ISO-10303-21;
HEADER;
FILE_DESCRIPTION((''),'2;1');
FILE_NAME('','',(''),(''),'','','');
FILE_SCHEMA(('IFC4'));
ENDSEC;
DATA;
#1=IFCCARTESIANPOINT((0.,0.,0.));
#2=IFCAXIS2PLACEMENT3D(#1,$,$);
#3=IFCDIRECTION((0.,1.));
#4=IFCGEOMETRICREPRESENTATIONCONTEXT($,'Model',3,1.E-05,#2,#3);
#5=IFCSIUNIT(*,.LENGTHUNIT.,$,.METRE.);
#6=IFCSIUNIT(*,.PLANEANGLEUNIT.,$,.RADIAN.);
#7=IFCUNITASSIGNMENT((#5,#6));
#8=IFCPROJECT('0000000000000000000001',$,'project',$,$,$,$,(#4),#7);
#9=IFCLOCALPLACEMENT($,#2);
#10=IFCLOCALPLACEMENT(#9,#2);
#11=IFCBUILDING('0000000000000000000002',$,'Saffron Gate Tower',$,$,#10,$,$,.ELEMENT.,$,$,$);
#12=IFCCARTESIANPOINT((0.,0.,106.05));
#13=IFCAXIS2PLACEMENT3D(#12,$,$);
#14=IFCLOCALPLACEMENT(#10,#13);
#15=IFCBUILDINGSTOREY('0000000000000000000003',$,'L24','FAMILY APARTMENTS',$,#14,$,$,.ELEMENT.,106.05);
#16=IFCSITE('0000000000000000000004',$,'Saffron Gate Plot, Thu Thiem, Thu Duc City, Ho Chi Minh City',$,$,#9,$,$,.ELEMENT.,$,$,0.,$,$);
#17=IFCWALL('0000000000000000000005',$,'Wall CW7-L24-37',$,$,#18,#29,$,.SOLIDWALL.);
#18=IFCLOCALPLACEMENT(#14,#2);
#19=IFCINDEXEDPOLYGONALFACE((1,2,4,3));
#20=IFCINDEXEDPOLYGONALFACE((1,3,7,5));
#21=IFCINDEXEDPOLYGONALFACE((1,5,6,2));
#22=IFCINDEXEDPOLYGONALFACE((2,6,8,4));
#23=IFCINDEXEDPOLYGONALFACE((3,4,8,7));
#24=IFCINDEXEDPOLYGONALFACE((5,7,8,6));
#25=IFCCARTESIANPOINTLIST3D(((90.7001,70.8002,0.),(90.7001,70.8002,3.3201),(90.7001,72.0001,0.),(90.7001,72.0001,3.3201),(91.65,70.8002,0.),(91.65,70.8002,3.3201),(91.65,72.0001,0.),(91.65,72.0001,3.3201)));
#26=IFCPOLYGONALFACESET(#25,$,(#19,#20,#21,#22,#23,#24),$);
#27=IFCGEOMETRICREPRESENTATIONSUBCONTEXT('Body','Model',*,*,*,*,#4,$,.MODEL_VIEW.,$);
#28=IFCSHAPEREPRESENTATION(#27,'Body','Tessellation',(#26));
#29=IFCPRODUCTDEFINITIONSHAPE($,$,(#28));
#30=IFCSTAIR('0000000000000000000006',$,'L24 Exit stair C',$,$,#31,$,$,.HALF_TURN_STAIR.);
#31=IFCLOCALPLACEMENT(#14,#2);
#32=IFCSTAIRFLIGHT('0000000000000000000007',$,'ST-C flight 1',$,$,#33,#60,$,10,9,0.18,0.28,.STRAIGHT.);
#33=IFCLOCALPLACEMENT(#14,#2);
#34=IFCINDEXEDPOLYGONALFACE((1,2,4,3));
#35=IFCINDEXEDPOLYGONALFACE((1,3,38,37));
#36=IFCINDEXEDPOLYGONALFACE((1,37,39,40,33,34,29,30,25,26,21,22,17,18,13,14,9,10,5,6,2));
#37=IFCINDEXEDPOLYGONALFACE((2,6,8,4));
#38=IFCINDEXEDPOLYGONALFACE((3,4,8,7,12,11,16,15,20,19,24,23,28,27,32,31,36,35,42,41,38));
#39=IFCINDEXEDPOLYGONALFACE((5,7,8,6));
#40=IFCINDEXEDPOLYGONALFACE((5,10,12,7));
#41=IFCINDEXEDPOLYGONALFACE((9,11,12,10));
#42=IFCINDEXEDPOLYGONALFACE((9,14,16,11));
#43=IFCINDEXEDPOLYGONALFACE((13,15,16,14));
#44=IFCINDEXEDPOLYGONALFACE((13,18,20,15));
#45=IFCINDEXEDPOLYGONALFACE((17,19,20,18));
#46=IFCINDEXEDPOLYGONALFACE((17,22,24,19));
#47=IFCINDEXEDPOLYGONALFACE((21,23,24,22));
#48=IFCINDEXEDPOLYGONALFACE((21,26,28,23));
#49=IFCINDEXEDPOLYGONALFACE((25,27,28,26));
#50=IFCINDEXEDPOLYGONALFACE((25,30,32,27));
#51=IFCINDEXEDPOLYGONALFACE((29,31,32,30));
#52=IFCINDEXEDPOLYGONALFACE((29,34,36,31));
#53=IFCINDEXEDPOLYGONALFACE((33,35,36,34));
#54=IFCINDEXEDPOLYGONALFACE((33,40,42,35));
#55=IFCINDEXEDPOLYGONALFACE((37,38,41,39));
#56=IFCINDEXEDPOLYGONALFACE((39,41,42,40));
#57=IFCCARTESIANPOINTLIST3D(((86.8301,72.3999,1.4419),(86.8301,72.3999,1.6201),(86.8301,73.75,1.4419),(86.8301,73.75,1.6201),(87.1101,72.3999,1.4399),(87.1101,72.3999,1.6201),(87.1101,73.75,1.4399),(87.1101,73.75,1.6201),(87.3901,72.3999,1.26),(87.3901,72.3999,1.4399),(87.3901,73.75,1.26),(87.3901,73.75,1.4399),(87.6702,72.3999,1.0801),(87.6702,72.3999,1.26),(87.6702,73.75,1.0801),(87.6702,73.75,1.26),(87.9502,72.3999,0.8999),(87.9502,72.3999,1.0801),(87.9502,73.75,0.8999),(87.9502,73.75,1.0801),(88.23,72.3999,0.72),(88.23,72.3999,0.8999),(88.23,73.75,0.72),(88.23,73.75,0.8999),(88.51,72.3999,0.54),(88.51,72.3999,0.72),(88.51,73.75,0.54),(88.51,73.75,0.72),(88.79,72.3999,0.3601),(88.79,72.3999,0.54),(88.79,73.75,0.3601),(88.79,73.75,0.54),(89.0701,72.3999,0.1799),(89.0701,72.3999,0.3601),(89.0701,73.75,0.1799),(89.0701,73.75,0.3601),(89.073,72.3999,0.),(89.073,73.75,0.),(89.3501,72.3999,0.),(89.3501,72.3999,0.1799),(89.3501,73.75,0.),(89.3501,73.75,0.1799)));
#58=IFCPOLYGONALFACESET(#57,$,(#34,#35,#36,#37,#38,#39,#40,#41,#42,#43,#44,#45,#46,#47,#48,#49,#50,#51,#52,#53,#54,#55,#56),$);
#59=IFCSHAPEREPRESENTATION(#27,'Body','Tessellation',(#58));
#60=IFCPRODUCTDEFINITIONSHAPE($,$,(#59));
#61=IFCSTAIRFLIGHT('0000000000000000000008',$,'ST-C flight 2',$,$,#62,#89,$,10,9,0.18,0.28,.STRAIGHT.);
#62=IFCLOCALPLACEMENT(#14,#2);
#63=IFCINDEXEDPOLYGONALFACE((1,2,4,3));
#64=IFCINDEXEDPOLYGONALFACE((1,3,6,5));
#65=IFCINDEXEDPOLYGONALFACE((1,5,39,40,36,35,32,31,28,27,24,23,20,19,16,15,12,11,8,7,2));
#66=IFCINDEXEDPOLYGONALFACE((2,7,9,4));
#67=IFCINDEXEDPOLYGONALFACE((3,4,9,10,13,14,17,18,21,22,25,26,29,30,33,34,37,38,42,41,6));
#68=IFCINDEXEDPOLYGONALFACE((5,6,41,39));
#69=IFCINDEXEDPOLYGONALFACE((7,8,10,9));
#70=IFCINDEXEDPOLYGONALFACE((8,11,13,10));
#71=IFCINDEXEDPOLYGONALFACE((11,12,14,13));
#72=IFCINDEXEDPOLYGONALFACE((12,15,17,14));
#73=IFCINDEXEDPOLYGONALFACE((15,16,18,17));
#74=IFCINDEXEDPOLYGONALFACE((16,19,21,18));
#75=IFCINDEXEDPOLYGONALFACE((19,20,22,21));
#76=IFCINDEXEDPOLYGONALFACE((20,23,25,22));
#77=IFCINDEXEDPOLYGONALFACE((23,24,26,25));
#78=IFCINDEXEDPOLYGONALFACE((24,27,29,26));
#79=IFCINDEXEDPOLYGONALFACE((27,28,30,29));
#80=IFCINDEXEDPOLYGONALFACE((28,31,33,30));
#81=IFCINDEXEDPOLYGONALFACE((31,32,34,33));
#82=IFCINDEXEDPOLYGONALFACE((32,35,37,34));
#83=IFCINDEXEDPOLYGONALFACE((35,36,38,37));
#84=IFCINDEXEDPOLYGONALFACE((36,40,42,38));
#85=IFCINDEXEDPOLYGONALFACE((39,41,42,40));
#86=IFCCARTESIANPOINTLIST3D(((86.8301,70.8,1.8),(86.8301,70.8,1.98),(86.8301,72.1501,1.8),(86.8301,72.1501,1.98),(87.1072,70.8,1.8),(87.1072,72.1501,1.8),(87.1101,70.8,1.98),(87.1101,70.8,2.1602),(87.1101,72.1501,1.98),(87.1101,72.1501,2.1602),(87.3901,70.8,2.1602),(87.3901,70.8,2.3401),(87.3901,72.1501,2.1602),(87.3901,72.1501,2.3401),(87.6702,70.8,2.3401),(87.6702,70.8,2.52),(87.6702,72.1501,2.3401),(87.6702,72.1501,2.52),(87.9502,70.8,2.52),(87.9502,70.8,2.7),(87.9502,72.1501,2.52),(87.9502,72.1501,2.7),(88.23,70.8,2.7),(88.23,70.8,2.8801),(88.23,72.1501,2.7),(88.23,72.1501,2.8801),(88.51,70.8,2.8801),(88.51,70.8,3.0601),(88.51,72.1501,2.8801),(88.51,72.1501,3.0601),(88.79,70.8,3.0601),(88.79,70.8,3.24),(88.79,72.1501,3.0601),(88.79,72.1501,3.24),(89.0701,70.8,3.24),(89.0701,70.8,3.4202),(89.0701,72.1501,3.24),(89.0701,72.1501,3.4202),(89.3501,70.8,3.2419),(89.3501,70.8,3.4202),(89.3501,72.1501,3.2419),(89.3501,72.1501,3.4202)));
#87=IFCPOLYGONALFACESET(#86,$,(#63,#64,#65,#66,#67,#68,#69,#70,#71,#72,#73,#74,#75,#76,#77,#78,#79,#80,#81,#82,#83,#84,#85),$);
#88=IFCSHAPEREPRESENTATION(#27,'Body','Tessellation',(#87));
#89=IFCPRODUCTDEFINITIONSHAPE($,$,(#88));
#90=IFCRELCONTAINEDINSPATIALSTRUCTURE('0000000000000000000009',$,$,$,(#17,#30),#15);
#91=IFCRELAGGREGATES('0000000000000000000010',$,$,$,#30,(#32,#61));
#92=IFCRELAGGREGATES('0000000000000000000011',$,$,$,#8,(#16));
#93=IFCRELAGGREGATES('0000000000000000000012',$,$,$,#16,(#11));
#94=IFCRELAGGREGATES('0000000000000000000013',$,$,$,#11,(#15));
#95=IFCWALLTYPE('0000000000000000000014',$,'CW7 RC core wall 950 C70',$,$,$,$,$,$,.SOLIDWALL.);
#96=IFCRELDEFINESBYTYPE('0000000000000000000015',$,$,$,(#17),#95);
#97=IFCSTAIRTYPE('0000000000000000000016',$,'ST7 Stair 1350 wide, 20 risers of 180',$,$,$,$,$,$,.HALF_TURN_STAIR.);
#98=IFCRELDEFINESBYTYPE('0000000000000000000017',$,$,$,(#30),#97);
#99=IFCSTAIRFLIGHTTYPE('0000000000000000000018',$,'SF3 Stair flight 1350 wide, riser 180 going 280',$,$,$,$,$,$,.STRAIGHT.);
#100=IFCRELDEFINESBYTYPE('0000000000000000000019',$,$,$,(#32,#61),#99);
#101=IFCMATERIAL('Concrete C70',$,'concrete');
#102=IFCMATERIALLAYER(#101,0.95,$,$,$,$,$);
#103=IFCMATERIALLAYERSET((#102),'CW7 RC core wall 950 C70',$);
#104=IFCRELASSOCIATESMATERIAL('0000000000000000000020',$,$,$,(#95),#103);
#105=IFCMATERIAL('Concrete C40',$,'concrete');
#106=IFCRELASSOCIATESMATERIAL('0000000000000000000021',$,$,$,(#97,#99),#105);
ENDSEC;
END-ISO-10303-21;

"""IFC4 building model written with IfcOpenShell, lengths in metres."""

from ifc_helpers import new_model, si_unit, direction, frame, frame_2d, origin, place, context, subcontext, project, spatial, polyline, rectangle, outline, extrude, material, layer, layer_set, type_object, element, aggregate, save


model = new_model("IFC4")

# Units and contexts
model_context = context("Model", 3, precision=1e-05, world=origin(), true_north=direction((0.0, 1.0)))
body_context = subcontext(model_context, "Body", "Model", "MODEL_VIEW")
ifc_project = project(units=[si_unit("LENGTHUNIT", "METRE"), si_unit("PLANEANGLEUNIT", "RADIAN")], contexts=[model_context])

# Site, building, storey
site_placement = place(None, origin())
site = spatial("IfcSite", under=ifc_project, at=site_placement, Name="Saffron Gate Plot, Thu Thiem, Thu Duc City, Ho Chi Minh City", CompositionType="ELEMENT", RefElevation=0.0)
building_placement = place(site_placement, origin())
building = spatial("IfcBuilding", under=site, at=building_placement, Name="Saffron Gate Tower", CompositionType="ELEMENT")
storey_placement = place(building_placement, frame((0.0, 0.0, 106.05)))
storey = spatial("IfcBuildingStorey", under=building, at=storey_placement, Name="L24", Description="FAMILY APARTMENTS", CompositionType="ELEMENT", Elevation=106.05)

# Shared definitions
ifc_material_1 = material(Name="Concrete C70", Category="concrete")

# Wall
ifc_layer_1 = layer(ifc_material_1, 0.95)
ifc_layer_set_1 = layer_set([ifc_layer_1], Name="CW7 RC core wall 950 C70")
wall_type_1 = type_object("IfcWallType", Name="CW7 RC core wall 950 C70", PredefinedType="SOLIDWALL", material=ifc_layer_set_1)
wall_1_placement = place(storey_placement, frame((91.175, 70.8, 0.0), z_axis=(0.0, 0.0, 1.0), x_axis=(0.0, 1.0, 0.0)))
element("IfcWall", 1, at=wall_1_placement, inside=storey, type_object=wall_type_1, Name="Wall CW7-L24-37", PredefinedType="SOLIDWALL", context=body_context, shape_type="SweptSolid", body=[
    extrude(rectangle(XDim=1.2, YDim=0.95, at=frame_2d((0.6001, 0.0))), origin(), (0.0, 0.0, 1.0), 3.3201),
])

# Stair, stair flights
ifc_material_2 = material(Name="Concrete C40", Category="concrete")
stair_type = type_object("IfcStairType", Name="ST7 Stair 1350 wide, 20 risers of 180", PredefinedType="HALF_TURN_STAIR", material=ifc_material_2)
stair_placement = place(storey_placement, origin())
stair = element("IfcStair", 2, at=stair_placement, inside=storey, type_object=stair_type, Name="L24 Exit stair C", PredefinedType="HALF_TURN_STAIR")
stair_flight_type = type_object("IfcStairFlightType", Name="SF3 Stair flight 1350 wide, riser 180 going 280", PredefinedType="STRAIGHT", material=ifc_material_2)
stair_flight_1_placement = place(storey_placement, frame((89.3501, 73.075, 0.0), z_axis=(0.0, 0.0, 1.0), x_axis=(-1.0, 0.0, 0.0)))
stair_flight_1 = element("IfcStairFlight", 3, at=stair_flight_1_placement, type_object=stair_flight_type, Name="ST-C flight 1", NumberOfRisers=10, NumberOfTreads=9, PredefinedType="STRAIGHT", RiserHeight=0.18, TreadLength=0.28, context=body_context, shape_type="SweptSolid", body=[
    extrude(outline(polyline([(0.0, 0.0), (0.0, 0.1799), (0.28, 0.1799), (0.28, 0.3601), (0.5601, 0.3601), (0.5601, 0.54), (0.8401, 0.54), (0.8401, 0.72), (1.1201, 0.72), (1.1201, 0.8999), (1.3999, 0.8999), (1.3999, 1.0801), (1.6799, 1.0801), (1.6799, 1.26), (1.96, 1.26), (1.96, 1.4399), (2.24, 1.4399), (2.24, 1.6201), (2.52, 1.6201), (2.52, 1.8), (2.52, 1.4419), (0.2771, 0.0), (0.0, 0.0)])), frame((0.0, 0.675, 0.0), z_axis=(0.0, -1.0, 0.0), x_axis=(1.0, 0.0, 0.0)), (0.0, 0.0, 1.0), 1.3501),
])
stair_flight_2_placement = place(storey_placement, frame((86.8301, 71.4751, 1.8), z_axis=(0.0, 0.0, 1.0), x_axis=(1.0, 0.0, 0.0)))
stair_flight_2 = element("IfcStairFlight", 4, at=stair_flight_2_placement, type_object=stair_flight_type, Name="ST-C flight 2", NumberOfRisers=10, NumberOfTreads=9, PredefinedType="STRAIGHT", RiserHeight=0.18, TreadLength=0.28, context=body_context, shape_type="SweptSolid", body=[
    extrude(outline(polyline([(0.0, 0.0), (0.0, 0.1799), (0.28, 0.1799), (0.28, 0.3601), (0.5601, 0.3601), (0.5601, 0.54), (0.8401, 0.54), (0.8401, 0.72), (1.1201, 0.72), (1.1201, 0.8999), (1.3999, 0.8999), (1.3999, 1.0801), (1.6799, 1.0801), (1.6799, 1.26), (1.96, 1.26), (1.96, 1.4399), (2.24, 1.4399), (2.24, 1.6201), (2.52, 1.6201), (2.52, 1.8), (2.52, 1.4419), (0.2771, 0.0), (0.0, 0.0)])), frame((0.0, 0.675, 0.0), z_axis=(0.0, -1.0, 0.0), x_axis=(1.0, 0.0, 0.0)), (0.0, 0.0, 1.0), 1.3501),
])
aggregate(stair, [stair_flight_1, stair_flight_2])

save(model, "model.ifc")
